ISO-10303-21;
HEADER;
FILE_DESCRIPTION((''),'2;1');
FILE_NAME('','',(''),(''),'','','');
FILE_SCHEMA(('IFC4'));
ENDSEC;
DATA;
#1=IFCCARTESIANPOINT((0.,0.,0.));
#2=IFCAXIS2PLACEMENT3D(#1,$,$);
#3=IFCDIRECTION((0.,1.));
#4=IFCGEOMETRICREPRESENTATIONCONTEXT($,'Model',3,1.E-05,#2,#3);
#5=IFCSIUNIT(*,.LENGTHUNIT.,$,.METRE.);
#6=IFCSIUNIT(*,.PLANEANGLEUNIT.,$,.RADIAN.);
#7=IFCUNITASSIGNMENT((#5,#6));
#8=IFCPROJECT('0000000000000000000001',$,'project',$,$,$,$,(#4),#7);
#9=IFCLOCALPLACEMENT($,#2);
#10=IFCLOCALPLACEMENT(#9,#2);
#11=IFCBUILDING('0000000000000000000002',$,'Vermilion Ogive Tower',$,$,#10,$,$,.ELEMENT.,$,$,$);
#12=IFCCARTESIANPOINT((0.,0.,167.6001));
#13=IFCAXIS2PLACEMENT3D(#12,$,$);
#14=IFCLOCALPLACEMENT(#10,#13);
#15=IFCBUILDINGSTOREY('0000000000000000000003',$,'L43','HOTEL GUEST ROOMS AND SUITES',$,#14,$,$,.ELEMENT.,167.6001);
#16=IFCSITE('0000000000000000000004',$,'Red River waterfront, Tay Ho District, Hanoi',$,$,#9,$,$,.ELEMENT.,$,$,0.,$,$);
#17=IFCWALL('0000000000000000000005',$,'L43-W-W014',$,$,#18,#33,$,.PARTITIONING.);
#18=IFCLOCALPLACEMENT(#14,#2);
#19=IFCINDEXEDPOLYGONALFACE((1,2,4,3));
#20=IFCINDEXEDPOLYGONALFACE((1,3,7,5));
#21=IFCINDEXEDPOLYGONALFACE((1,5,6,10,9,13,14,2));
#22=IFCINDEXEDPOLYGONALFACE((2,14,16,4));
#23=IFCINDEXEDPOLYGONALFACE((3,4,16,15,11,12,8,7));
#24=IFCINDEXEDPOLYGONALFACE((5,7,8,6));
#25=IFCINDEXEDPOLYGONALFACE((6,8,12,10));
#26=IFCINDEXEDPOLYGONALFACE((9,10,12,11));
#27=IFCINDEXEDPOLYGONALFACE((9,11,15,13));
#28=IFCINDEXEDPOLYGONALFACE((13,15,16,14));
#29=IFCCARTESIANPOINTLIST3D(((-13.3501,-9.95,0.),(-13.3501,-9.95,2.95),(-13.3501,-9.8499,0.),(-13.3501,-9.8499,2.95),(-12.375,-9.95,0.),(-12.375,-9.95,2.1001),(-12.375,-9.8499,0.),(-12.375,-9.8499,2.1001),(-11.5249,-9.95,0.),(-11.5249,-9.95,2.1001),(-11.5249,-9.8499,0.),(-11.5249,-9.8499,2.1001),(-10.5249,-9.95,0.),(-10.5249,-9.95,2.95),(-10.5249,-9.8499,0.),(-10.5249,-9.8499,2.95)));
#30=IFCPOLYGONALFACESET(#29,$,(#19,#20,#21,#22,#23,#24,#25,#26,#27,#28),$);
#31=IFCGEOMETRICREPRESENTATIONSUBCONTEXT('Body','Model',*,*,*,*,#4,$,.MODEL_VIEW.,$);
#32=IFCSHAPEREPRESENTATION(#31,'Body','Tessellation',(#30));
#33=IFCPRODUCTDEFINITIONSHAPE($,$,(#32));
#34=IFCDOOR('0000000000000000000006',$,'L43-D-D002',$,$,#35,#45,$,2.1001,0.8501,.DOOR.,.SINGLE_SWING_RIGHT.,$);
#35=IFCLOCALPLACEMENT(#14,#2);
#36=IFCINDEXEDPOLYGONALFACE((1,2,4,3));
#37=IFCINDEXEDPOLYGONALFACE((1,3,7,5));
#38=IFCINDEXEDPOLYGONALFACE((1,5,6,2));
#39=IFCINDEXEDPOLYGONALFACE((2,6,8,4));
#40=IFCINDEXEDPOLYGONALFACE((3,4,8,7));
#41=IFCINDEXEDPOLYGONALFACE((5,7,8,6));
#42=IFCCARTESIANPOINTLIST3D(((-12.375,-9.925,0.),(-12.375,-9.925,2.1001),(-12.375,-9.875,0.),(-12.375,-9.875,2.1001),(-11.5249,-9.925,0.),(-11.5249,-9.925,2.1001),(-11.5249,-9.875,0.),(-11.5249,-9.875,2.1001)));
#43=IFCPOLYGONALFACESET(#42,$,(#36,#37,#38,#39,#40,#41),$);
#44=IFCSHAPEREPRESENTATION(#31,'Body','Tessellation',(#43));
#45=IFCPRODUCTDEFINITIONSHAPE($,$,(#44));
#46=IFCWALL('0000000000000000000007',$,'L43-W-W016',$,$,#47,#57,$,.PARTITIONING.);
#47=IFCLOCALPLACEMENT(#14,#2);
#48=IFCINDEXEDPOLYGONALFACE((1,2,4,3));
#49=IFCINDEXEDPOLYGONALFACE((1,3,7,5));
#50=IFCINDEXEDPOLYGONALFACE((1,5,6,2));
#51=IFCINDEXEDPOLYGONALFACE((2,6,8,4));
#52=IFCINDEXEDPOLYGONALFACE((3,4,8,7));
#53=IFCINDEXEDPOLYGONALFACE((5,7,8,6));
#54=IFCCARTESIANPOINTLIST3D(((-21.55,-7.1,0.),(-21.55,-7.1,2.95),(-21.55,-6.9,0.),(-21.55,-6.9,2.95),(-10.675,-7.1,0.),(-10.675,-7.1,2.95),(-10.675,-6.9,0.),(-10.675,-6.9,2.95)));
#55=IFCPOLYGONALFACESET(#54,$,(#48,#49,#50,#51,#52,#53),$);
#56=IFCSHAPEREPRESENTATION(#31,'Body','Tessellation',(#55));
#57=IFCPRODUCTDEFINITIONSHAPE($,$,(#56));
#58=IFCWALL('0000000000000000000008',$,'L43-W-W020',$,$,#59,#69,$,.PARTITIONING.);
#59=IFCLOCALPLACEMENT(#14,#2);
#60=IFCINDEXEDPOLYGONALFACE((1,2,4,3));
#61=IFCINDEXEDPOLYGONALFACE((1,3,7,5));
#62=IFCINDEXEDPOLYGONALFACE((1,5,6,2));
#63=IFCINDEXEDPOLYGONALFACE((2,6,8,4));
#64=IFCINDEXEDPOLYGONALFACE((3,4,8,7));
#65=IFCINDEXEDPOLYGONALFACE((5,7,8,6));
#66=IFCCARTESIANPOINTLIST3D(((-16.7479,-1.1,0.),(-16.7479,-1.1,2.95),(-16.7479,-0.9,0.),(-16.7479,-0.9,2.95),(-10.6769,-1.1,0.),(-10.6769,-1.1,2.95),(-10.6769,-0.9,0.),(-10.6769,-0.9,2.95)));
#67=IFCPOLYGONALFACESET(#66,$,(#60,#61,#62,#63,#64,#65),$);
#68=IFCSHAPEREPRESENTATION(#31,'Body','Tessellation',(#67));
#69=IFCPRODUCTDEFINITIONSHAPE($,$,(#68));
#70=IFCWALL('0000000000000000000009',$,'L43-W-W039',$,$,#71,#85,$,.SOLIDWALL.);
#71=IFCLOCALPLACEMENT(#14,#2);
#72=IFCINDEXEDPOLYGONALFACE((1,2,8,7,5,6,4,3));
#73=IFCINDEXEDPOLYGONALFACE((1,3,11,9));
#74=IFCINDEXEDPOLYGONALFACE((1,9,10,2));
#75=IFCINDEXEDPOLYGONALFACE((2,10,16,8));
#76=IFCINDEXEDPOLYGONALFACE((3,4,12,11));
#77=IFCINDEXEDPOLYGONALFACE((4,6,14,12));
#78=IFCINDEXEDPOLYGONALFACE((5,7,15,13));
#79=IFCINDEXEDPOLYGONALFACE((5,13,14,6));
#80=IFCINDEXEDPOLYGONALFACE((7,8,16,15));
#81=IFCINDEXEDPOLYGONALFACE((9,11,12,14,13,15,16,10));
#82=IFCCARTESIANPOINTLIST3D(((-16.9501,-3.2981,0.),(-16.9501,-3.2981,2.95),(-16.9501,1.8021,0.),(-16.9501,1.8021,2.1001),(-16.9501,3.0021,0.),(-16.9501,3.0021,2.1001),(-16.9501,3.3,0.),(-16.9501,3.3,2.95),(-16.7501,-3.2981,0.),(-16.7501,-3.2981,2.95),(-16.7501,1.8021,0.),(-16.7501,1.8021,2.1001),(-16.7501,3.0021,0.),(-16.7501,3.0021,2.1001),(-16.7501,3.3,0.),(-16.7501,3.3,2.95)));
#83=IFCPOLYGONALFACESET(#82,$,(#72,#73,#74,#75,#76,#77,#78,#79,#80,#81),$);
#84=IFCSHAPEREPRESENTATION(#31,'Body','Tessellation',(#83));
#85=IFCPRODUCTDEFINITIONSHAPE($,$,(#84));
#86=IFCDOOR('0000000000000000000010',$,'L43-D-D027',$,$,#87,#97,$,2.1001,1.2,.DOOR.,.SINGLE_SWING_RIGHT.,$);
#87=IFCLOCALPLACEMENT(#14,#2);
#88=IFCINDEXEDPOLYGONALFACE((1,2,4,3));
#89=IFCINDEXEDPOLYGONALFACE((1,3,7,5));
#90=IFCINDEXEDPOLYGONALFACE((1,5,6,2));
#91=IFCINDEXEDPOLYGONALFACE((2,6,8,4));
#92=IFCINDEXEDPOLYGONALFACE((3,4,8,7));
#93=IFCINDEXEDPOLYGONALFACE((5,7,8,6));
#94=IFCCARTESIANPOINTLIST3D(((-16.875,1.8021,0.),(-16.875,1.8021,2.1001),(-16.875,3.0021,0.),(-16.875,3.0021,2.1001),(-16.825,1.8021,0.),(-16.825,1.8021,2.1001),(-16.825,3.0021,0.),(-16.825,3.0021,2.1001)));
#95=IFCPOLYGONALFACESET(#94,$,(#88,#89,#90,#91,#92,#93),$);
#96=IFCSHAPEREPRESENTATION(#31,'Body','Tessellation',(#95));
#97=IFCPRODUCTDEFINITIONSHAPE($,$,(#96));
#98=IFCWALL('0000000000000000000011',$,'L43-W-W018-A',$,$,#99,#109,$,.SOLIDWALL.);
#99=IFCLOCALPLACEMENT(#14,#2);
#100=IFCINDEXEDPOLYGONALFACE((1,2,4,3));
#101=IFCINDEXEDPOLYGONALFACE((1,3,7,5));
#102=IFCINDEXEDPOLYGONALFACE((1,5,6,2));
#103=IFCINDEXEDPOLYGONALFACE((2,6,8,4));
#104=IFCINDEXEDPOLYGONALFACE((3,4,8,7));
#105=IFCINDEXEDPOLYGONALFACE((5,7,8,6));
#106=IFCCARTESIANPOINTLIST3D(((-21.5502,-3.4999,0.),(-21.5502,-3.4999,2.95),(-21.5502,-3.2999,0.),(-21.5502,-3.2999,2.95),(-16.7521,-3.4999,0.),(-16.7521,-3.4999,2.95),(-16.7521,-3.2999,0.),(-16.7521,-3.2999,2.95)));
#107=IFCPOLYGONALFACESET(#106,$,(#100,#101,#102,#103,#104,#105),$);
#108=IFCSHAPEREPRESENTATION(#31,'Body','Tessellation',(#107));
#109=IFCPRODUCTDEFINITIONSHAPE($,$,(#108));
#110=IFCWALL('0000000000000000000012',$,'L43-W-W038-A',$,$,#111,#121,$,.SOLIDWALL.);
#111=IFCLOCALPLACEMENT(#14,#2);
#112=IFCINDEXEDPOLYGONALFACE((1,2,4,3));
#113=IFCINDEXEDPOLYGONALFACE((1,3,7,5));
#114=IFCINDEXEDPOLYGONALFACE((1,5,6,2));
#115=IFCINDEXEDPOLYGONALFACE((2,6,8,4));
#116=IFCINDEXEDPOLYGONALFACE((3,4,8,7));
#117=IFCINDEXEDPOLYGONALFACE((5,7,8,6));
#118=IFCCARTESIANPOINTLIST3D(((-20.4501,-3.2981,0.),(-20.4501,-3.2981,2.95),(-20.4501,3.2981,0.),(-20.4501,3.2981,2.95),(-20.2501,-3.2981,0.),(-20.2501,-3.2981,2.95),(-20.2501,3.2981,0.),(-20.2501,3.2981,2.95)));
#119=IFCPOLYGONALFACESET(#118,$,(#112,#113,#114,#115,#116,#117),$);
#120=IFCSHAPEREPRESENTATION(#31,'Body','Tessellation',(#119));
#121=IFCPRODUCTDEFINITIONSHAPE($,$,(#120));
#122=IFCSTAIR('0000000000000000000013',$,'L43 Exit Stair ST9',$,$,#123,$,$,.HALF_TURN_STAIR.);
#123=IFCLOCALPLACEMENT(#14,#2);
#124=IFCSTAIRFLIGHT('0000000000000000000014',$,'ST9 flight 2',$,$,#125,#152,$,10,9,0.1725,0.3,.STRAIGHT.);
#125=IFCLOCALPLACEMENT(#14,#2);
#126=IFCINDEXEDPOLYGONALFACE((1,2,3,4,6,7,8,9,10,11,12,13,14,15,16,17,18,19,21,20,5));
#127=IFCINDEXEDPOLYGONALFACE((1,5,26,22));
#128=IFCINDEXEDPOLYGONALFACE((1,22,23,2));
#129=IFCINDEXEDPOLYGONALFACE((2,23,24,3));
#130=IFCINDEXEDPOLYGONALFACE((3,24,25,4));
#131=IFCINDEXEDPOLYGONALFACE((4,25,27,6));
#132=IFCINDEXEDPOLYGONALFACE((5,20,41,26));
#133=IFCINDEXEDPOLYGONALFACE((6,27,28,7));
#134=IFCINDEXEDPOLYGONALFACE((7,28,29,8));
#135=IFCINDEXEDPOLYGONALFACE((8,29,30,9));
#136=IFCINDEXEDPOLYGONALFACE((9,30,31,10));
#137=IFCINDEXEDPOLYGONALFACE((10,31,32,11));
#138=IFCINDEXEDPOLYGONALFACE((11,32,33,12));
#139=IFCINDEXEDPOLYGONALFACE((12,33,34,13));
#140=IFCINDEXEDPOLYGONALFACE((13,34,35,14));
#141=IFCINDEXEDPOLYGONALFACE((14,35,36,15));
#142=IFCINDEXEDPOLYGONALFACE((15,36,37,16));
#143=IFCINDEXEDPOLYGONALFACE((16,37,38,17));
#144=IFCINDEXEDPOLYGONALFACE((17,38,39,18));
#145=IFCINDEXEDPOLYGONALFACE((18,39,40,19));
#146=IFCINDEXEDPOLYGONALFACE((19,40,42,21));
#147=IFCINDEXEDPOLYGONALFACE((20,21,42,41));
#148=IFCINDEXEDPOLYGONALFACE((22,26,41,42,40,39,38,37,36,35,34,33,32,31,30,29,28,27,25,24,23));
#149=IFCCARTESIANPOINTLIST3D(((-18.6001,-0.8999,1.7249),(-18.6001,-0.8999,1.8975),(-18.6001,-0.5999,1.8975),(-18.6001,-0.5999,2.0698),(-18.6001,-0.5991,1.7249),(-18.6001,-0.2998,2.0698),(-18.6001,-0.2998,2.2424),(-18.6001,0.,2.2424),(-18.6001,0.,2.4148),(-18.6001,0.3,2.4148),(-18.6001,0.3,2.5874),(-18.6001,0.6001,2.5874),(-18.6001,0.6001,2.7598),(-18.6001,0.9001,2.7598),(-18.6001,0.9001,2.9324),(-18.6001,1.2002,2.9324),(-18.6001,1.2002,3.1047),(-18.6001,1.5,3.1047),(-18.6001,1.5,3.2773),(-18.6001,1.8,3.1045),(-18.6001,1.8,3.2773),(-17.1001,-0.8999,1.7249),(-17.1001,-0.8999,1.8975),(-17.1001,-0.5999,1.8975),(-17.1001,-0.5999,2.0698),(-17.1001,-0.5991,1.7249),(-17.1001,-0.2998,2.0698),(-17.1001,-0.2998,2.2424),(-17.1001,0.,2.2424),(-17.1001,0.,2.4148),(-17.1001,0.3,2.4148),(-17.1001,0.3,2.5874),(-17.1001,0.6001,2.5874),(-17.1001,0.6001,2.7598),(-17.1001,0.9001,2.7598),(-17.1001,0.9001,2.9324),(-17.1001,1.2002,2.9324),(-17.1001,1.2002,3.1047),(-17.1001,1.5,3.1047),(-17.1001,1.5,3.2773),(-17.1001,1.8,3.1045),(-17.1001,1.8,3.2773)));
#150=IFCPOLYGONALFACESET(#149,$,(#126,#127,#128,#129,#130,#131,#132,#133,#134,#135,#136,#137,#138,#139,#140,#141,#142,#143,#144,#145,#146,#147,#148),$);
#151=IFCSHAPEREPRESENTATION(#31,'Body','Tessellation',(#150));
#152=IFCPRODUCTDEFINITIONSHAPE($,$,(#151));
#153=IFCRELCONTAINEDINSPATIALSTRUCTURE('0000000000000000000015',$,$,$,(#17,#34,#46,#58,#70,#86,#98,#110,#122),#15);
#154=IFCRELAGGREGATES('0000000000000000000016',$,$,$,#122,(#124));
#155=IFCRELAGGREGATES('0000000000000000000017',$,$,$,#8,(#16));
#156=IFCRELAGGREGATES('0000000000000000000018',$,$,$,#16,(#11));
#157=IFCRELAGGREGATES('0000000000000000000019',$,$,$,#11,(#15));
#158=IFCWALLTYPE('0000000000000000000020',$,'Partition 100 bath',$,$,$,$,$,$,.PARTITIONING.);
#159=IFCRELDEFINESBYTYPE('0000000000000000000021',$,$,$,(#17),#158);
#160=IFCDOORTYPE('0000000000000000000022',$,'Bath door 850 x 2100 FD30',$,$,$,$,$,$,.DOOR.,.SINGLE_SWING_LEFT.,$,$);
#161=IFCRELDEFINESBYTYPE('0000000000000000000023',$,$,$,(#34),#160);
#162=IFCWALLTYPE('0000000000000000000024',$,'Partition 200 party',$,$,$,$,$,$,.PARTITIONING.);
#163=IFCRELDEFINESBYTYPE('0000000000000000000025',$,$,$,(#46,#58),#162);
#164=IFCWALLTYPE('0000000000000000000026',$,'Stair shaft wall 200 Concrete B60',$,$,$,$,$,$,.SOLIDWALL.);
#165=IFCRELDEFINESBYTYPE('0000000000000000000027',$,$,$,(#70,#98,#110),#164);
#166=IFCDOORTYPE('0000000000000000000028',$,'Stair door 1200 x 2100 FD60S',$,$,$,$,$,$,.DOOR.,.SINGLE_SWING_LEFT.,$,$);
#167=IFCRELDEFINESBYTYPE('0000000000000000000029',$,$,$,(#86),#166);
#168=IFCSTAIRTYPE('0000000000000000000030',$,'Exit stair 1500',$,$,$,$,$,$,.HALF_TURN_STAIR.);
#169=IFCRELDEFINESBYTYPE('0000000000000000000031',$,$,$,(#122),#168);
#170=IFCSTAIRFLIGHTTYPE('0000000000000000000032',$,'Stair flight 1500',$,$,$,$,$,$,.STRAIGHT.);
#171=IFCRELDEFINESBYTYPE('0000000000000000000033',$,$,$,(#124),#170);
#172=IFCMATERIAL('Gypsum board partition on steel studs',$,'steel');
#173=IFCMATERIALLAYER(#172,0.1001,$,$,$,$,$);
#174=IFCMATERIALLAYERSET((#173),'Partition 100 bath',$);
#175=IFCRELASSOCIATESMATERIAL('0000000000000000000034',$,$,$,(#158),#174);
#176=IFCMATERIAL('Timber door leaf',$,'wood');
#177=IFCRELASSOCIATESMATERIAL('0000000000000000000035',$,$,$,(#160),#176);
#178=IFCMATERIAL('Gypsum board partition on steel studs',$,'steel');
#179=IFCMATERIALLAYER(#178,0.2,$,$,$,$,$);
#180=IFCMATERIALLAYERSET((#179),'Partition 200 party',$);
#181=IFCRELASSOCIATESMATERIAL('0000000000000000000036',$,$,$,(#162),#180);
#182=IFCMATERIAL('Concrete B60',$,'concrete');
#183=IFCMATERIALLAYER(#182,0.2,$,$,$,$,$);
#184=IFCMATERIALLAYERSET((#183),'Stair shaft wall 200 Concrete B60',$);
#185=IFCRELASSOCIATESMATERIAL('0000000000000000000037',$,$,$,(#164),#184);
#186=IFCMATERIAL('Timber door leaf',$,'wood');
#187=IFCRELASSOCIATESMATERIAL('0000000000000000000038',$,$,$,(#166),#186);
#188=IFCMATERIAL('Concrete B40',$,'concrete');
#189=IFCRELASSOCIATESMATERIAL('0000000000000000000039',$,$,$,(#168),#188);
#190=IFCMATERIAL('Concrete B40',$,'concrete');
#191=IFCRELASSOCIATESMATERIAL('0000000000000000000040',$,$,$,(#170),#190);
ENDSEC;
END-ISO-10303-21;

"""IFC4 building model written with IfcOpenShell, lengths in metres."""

from ifc_helpers import new_model, si_unit, direction, frame, frame_2d, origin, place, context, subcontext, project, spatial, polyline, rectangle, outline, extrude, material, layer, layer_set, type_object, element, fill, aggregate, save


model = new_model("IFC4")

# Units and contexts
model_context = context("Model", 3, precision=1e-05, world=origin(), true_north=direction((0.0, 1.0)))
body_context = subcontext(model_context, "Body", "Model", "MODEL_VIEW")
ifc_project = project(units=[si_unit("LENGTHUNIT", "METRE"), si_unit("PLANEANGLEUNIT", "RADIAN")], contexts=[model_context])

# Site, building, storey
site_placement = place(None, origin())
site = spatial("IfcSite", under=ifc_project, at=site_placement, Name="Red River waterfront, Tay Ho District, Hanoi", CompositionType="ELEMENT", RefElevation=0.0)
building_placement = place(site_placement, origin())
building = spatial("IfcBuilding", under=site, at=building_placement, Name="Vermilion Ogive Tower", CompositionType="ELEMENT")
storey_placement = place(building_placement, frame((0.0, 0.0, 167.6001)))
storey = spatial("IfcBuildingStorey", under=building, at=storey_placement, Name="L43", Description="HOTEL GUEST ROOMS AND SUITES", CompositionType="ELEMENT", Elevation=167.6001)

# Wall, opening, door
ifc_material_1 = material(Name="Gypsum board partition on steel studs", Category="steel")
ifc_layer_1 = layer(ifc_material_1, 0.1001)
ifc_layer_set_1 = layer_set([ifc_layer_1], Name="Partition 100 bath")
wall_type_1 = type_object("IfcWallType", Name="Partition 100 bath", PredefinedType="PARTITIONING", material=ifc_layer_set_1)
wall_1_placement = place(storey_placement, frame((-13.3501, -9.8999, 0.0), z_axis=(0.0, 0.0, 1.0), x_axis=(1.0, 0.0, 0.0)))
wall_1 = element("IfcWall", 1, at=wall_1_placement, inside=storey, type_object=wall_type_1, Name="L43-W-W014", PredefinedType="PARTITIONING", context=body_context, shape_type="SweptSolid", body=[
    extrude(rectangle(XDim=2.8252, YDim=0.1001, at=frame_2d((1.4126, 0.0))), origin(), (0.0, 0.0, 1.0), 2.95),
])
opening_1_placement = place(wall_1_placement, frame((0.9751, 0.0, 0.0)))
opening_1 = element("IfcOpeningElement", 2, at=opening_1_placement, cuts=wall_1, PredefinedType="OPENING", context=body_context, shape_type="SweptSolid", body=[
    extrude(rectangle(XDim=0.8501, YDim=2.1001, at=frame_2d((0.425, 1.05))), frame((0.0, 0.0601, 0.0), z_axis=(0.0, -1.0, 0.0), x_axis=(1.0, 0.0, 0.0)), (0.0, 0.0, 1.0), 0.1201),
])
ifc_material_2 = material(Name="Timber door leaf", Category="wood")
door_type_1 = type_object("IfcDoorType", Name="Bath door 850 x 2100 FD30", OperationType="SINGLE_SWING_LEFT", PredefinedType="DOOR", material=ifc_material_2)
door_1_placement = place(opening_1_placement, origin())
door_1 = element("IfcDoor", 3, at=door_1_placement, inside=storey, type_object=door_type_1, Name="L43-D-D002", OperationType="SINGLE_SWING_RIGHT", OverallHeight=2.1001, OverallWidth=0.8501, PredefinedType="DOOR", context=body_context, shape_type="SweptSolid", body=[
    extrude(rectangle(XDim=0.8501, YDim=2.1001, at=frame_2d((0.425, 1.05))), frame((0.0, 0.0249, 0.0), z_axis=(0.0, -1.0, 0.0), x_axis=(1.0, 0.0, 0.0)), (0.0, 0.0, 1.0), 0.05),
])
fill(opening_1, door_1)

# Walls
ifc_material_3 = material(Name="Gypsum board partition on steel studs", Category="steel")
ifc_layer_2 = layer(ifc_material_3, 0.2)
ifc_layer_set_2 = layer_set([ifc_layer_2], Name="Partition 200 party")
wall_type_2 = type_object("IfcWallType", Name="Partition 200 party", PredefinedType="PARTITIONING", material=ifc_layer_set_2)
wall_2_placement = place(storey_placement, frame((-21.55, -7.0, 0.0), z_axis=(0.0, 0.0, 1.0), x_axis=(1.0, 0.0, 0.0)))
element("IfcWall", 4, at=wall_2_placement, inside=storey, type_object=wall_type_2, Name="L43-W-W016", PredefinedType="PARTITIONING", context=body_context, shape_type="SweptSolid", body=[
    extrude(rectangle(XDim=10.875, YDim=0.2, at=frame_2d((5.4375, 0.0))), origin(), (0.0, 0.0, 1.0), 2.95),
])
wall_3_placement = place(storey_placement, frame((-16.748, -1.0, 0.0), z_axis=(0.0, 0.0, 1.0), x_axis=(1.0, 0.0, 0.0)))
element("IfcWall", 5, at=wall_3_placement, inside=storey, type_object=wall_type_2, Name="L43-W-W020", PredefinedType="PARTITIONING", context=body_context, shape_type="SweptSolid", body=[
    extrude(rectangle(XDim=6.071, YDim=0.2, at=frame_2d((3.0356, 0.0))), origin(), (0.0, 0.0, 1.0), 2.95),
])

# Wall, opening, door
ifc_material_4 = material(Name="Concrete B60", Category="concrete")
ifc_layer_3 = layer(ifc_material_4, 0.2)
ifc_layer_set_3 = layer_set([ifc_layer_3], Name="Stair shaft wall 200 Concrete B60")
wall_type_3 = type_object("IfcWallType", Name="Stair shaft wall 200 Concrete B60", PredefinedType="SOLIDWALL", material=ifc_layer_set_3)
wall_4_placement = place(storey_placement, frame((-16.8501, -3.2981, 0.0), z_axis=(0.0, 0.0, 1.0), x_axis=(0.0, 1.0, 0.0)))
wall_4 = element("IfcWall", 6, at=wall_4_placement, inside=storey, type_object=wall_type_3, Name="L43-W-W039", PredefinedType="SOLIDWALL", context=body_context, shape_type="SweptSolid", body=[
    extrude(rectangle(XDim=6.5981, YDim=0.2, at=frame_2d((3.2991, 0.0))), origin(), (0.0, 0.0, 1.0), 2.95),
])
opening_2_placement = place(wall_4_placement, frame((5.1001, 0.0, 0.0)))
opening_2 = element("IfcOpeningElement", 7, at=opening_2_placement, cuts=wall_4, PredefinedType="OPENING", context=body_context, shape_type="SweptSolid", body=[
    extrude(rectangle(XDim=1.2, YDim=2.1001, at=frame_2d((0.6001, 1.05))), frame((0.0, 0.1099, 0.0), z_axis=(0.0, -1.0, 0.0), x_axis=(1.0, 0.0, 0.0)), (0.0, 0.0, 1.0), 0.22),
])
ifc_material_5 = material(Name="Timber door leaf", Category="wood")
door_type_2 = type_object("IfcDoorType", Name="Stair door 1200 x 2100 FD60S", OperationType="SINGLE_SWING_LEFT", PredefinedType="DOOR", material=ifc_material_5)
door_2_placement = place(opening_2_placement, origin())
door_2 = element("IfcDoor", 8, at=door_2_placement, inside=storey, type_object=door_type_2, Name="L43-D-D027", OperationType="SINGLE_SWING_RIGHT", OverallHeight=2.1001, OverallWidth=1.2, PredefinedType="DOOR", context=body_context, shape_type="SweptSolid", body=[
    extrude(rectangle(XDim=1.2, YDim=2.1001, at=frame_2d((0.6001, 1.05))), frame((0.0, 0.0249, 0.0), z_axis=(0.0, -1.0, 0.0), x_axis=(1.0, 0.0, 0.0)), (0.0, 0.0, 1.0), 0.05),
])
fill(opening_2, door_2)

# Walls
wall_5_placement = place(storey_placement, frame((-21.55, -3.3999, 0.0), z_axis=(0.0, 0.0, 1.0), x_axis=(1.0, 0.0, 0.0)))
element("IfcWall", 9, at=wall_5_placement, inside=storey, type_object=wall_type_3, Name="L43-W-W018-A", PredefinedType="SOLIDWALL", context=body_context, shape_type="SweptSolid", body=[
    extrude(rectangle(XDim=4.7981, YDim=0.2, at=frame_2d((2.3989, 0.0))), origin(), (0.0, 0.0, 1.0), 2.95),
])
wall_6_placement = place(storey_placement, frame((-20.3501, -3.2981, 0.0), z_axis=(0.0, 0.0, 1.0), x_axis=(0.0, 1.0, 0.0)))
element("IfcWall", 10, at=wall_6_placement, inside=storey, type_object=wall_type_3, Name="L43-W-W038-A", PredefinedType="SOLIDWALL", context=body_context, shape_type="SweptSolid", body=[
    extrude(rectangle(XDim=6.5962, YDim=0.2, at=frame_2d((3.2981, 0.0))), origin(), (0.0, 0.0, 1.0), 2.95),
])

# Stair, stair flight
ifc_material_6 = material(Name="Concrete B40", Category="concrete")
stair_type = type_object("IfcStairType", Name="Exit stair 1500", PredefinedType="HALF_TURN_STAIR", material=ifc_material_6)
stair_placement = place(storey_placement, origin())
stair = element("IfcStair", 11, at=stair_placement, inside=storey, type_object=stair_type, Name="L43 Exit Stair ST9", PredefinedType="HALF_TURN_STAIR")
ifc_material_7 = material(Name="Concrete B40", Category="concrete")
stair_flight_type = type_object("IfcStairFlightType", Name="Stair flight 1500", PredefinedType="STRAIGHT", material=ifc_material_7)
stair_flight_placement = place(storey_placement, frame((-17.8501, -0.8999, 1.7249), z_axis=(0.0, 0.0, 1.0), x_axis=(0.0, 1.0, 0.0)))
stair_flight = element("IfcStairFlight", 12, at=stair_flight_placement, type_object=stair_flight_type, Name="ST9 flight 2", NumberOfRisers=10, NumberOfTreads=9, PredefinedType="STRAIGHT", RiserHeight=0.1725, TreadLength=0.3, context=body_context, shape_type="SweptSolid", body=[
    extrude(outline(polyline([(0.0, 0.0), (0.0, 0.1726), (0.3, 0.1726), (0.3, 0.345), (0.6001, 0.345), (0.6001, 0.5176), (0.8999, 0.5176), (0.8999, 0.6899), (1.2, 0.6899), (1.2, 0.8625), (1.5, 0.8625), (1.5, 1.0349), (1.8, 1.0349), (1.8, 1.2075), (2.1001, 1.2075), (2.1001, 1.3799), (2.3999, 1.3799), (2.3999, 1.5525), (2.7, 1.5525), (2.7, 1.7251), (2.7, 1.3796), (0.3008, 0.0), (0.0, 0.0)])), frame((0.0, 0.75, 0.0), z_axis=(0.0, -1.0, 0.0), x_axis=(1.0, 0.0, 0.0)), (0.0, 0.0, 1.0), 1.5),
])
aggregate(stair, [stair_flight])

save(model, "model.ifc")
